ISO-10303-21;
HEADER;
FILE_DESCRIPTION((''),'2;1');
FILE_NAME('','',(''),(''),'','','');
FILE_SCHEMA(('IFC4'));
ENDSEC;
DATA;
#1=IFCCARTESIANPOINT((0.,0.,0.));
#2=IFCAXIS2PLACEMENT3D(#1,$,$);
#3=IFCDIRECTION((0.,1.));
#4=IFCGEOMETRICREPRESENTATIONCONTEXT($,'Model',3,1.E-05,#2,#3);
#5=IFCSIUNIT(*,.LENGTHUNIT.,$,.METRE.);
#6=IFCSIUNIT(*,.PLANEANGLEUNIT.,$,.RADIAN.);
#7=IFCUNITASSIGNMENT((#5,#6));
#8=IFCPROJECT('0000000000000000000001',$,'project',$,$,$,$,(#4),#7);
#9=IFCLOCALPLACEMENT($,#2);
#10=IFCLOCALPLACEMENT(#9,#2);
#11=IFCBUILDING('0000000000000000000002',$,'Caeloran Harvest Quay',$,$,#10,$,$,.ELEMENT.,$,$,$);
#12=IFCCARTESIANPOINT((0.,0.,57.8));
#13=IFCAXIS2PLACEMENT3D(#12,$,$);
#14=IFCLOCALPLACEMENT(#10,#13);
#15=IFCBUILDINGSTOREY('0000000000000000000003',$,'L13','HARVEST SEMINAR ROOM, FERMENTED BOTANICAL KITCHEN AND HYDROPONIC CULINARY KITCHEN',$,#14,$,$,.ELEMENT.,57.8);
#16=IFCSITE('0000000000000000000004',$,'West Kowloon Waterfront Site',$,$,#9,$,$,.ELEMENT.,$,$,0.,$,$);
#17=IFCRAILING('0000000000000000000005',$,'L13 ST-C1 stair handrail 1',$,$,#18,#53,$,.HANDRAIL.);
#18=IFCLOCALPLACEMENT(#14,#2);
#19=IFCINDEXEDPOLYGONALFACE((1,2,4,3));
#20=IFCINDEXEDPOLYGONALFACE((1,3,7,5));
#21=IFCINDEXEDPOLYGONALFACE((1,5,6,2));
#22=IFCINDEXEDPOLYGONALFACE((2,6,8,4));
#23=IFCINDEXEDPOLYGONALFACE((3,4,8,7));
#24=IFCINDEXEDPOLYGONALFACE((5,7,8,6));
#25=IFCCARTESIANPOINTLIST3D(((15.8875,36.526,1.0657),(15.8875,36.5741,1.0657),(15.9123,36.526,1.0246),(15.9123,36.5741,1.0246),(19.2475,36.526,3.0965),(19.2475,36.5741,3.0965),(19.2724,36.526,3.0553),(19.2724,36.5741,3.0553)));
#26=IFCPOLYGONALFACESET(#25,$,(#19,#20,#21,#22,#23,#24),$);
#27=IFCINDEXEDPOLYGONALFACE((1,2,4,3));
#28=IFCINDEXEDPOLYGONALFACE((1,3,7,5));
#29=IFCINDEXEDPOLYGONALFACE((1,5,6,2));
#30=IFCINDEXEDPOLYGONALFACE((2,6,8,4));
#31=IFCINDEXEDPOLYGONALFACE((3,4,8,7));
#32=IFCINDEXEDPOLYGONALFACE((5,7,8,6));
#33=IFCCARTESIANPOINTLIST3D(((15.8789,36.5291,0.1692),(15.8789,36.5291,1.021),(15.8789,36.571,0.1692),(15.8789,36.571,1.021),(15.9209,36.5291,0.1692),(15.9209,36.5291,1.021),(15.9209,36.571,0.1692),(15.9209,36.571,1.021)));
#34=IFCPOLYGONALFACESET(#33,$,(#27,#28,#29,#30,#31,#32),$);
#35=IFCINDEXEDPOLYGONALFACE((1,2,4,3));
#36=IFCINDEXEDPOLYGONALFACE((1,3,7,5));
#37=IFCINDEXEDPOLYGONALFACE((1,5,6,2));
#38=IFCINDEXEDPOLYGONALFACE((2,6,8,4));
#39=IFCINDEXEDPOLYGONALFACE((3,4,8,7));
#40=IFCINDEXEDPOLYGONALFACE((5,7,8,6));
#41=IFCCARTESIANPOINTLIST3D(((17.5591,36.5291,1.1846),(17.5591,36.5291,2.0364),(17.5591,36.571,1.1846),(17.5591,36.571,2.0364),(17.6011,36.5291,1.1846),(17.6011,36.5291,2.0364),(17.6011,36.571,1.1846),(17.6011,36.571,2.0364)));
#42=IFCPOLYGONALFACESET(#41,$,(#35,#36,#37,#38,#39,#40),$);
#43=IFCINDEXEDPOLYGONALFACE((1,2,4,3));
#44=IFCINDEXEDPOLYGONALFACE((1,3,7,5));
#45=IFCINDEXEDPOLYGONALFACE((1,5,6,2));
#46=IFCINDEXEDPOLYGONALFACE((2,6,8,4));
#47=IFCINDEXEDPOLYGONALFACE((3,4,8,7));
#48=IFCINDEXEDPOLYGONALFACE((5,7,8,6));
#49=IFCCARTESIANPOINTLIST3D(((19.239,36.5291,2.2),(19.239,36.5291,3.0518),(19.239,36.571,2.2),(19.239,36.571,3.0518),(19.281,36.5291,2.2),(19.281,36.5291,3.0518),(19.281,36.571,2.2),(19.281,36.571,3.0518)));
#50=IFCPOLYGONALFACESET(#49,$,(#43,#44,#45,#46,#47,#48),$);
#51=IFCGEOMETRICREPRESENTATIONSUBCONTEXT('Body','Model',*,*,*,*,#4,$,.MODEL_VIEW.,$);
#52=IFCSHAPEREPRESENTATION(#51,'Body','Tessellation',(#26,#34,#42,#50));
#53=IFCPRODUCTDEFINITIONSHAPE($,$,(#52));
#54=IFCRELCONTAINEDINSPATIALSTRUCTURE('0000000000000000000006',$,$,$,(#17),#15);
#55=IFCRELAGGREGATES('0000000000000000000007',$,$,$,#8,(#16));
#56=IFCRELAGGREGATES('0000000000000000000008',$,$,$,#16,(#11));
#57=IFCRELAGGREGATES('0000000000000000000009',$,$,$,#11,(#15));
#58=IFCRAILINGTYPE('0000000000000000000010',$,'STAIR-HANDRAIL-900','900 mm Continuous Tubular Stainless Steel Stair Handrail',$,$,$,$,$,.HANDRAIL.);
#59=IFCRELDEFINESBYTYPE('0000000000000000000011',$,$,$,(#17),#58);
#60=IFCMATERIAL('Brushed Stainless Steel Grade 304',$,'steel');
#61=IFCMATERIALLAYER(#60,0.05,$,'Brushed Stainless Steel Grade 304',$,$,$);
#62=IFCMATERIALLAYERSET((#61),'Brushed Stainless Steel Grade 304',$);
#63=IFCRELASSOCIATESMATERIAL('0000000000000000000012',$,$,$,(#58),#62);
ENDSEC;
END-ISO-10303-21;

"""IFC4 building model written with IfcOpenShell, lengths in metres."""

from ifc_helpers import new_model, si_unit, direction, frame, origin, origin_2d, place, context, subcontext, project, spatial, rectangle, extrude, material, layer, layer_set, type_object, element, save


model = new_model("IFC4")

# Units and contexts
model_context = context("Model", 3, precision=1e-05, world=origin(), true_north=direction((0.0, 1.0)))
body_context = subcontext(model_context, "Body", "Model", "MODEL_VIEW")
ifc_project = project(units=[si_unit("LENGTHUNIT", "METRE"), si_unit("PLANEANGLEUNIT", "RADIAN")], contexts=[model_context])

# Site, building, storey
site_placement = place(None, origin())
site = spatial("IfcSite", under=ifc_project, at=site_placement, Name="West Kowloon Waterfront Site", CompositionType="ELEMENT", RefElevation=0.0)
building_placement = place(site_placement, origin())
building = spatial("IfcBuilding", under=site, at=building_placement, Name="Caeloran Harvest Quay", CompositionType="ELEMENT")
storey_placement = place(building_placement, frame((0.0, 0.0, 57.8)))
storey = spatial("IfcBuildingStorey", under=building, at=storey_placement, Name="L13", Description="HARVEST SEMINAR ROOM, FERMENTED BOTANICAL KITCHEN AND HYDROPONIC CULINARY KITCHEN", CompositionType="ELEMENT", Elevation=57.8)

# Railing
ifc_material_1 = material(Name="Brushed Stainless Steel Grade 304", Category="steel")
ifc_layer_1 = layer(ifc_material_1, 0.05, Name="Brushed Stainless Steel Grade 304")
ifc_layer_set_1 = layer_set([ifc_layer_1], Name="Brushed Stainless Steel Grade 304")
railing_type_1 = type_object("IfcRailingType", Name="STAIR-HANDRAIL-900", Description="900 mm Continuous Tubular Stainless Steel Stair Handrail", PredefinedType="HANDRAIL", material=ifc_layer_set_1)
railing_1_placement = place(storey_placement, frame((15.8999, 36.55, 0.1692)))
element("IfcRailing", 1, at=railing_1_placement, inside=storey, type_object=railing_type_1, Name="L13 ST-C1 stair handrail 1", PredefinedType="HANDRAIL", context=body_context, shape_type="SweptSolid", body=[
    extrude(rectangle(XDim=0.0481, YDim=0.0481, at=origin_2d()), frame((0.0, 0.0, 0.876), z_axis=(0.855837, 0.0, 0.517246), x_axis=(0.0, 1.0, 0.0)), (0.0, 0.0, 1.0), 3.926),
    extrude(rectangle(XDim=0.042, YDim=0.042, at=origin_2d()), origin(), (0.0, 0.0, 1.0), 0.8518),
    extrude(rectangle(XDim=0.042, YDim=0.042, at=origin_2d()), frame((1.6802, 0.0, 1.0154)), (0.0, 0.0, 1.0), 0.8518),
    extrude(rectangle(XDim=0.042, YDim=0.042, at=origin_2d()), frame((3.3601, 0.0, 2.0308)), (0.0, 0.0, 1.0), 0.8518),
])

save(model, "model.ifc")
